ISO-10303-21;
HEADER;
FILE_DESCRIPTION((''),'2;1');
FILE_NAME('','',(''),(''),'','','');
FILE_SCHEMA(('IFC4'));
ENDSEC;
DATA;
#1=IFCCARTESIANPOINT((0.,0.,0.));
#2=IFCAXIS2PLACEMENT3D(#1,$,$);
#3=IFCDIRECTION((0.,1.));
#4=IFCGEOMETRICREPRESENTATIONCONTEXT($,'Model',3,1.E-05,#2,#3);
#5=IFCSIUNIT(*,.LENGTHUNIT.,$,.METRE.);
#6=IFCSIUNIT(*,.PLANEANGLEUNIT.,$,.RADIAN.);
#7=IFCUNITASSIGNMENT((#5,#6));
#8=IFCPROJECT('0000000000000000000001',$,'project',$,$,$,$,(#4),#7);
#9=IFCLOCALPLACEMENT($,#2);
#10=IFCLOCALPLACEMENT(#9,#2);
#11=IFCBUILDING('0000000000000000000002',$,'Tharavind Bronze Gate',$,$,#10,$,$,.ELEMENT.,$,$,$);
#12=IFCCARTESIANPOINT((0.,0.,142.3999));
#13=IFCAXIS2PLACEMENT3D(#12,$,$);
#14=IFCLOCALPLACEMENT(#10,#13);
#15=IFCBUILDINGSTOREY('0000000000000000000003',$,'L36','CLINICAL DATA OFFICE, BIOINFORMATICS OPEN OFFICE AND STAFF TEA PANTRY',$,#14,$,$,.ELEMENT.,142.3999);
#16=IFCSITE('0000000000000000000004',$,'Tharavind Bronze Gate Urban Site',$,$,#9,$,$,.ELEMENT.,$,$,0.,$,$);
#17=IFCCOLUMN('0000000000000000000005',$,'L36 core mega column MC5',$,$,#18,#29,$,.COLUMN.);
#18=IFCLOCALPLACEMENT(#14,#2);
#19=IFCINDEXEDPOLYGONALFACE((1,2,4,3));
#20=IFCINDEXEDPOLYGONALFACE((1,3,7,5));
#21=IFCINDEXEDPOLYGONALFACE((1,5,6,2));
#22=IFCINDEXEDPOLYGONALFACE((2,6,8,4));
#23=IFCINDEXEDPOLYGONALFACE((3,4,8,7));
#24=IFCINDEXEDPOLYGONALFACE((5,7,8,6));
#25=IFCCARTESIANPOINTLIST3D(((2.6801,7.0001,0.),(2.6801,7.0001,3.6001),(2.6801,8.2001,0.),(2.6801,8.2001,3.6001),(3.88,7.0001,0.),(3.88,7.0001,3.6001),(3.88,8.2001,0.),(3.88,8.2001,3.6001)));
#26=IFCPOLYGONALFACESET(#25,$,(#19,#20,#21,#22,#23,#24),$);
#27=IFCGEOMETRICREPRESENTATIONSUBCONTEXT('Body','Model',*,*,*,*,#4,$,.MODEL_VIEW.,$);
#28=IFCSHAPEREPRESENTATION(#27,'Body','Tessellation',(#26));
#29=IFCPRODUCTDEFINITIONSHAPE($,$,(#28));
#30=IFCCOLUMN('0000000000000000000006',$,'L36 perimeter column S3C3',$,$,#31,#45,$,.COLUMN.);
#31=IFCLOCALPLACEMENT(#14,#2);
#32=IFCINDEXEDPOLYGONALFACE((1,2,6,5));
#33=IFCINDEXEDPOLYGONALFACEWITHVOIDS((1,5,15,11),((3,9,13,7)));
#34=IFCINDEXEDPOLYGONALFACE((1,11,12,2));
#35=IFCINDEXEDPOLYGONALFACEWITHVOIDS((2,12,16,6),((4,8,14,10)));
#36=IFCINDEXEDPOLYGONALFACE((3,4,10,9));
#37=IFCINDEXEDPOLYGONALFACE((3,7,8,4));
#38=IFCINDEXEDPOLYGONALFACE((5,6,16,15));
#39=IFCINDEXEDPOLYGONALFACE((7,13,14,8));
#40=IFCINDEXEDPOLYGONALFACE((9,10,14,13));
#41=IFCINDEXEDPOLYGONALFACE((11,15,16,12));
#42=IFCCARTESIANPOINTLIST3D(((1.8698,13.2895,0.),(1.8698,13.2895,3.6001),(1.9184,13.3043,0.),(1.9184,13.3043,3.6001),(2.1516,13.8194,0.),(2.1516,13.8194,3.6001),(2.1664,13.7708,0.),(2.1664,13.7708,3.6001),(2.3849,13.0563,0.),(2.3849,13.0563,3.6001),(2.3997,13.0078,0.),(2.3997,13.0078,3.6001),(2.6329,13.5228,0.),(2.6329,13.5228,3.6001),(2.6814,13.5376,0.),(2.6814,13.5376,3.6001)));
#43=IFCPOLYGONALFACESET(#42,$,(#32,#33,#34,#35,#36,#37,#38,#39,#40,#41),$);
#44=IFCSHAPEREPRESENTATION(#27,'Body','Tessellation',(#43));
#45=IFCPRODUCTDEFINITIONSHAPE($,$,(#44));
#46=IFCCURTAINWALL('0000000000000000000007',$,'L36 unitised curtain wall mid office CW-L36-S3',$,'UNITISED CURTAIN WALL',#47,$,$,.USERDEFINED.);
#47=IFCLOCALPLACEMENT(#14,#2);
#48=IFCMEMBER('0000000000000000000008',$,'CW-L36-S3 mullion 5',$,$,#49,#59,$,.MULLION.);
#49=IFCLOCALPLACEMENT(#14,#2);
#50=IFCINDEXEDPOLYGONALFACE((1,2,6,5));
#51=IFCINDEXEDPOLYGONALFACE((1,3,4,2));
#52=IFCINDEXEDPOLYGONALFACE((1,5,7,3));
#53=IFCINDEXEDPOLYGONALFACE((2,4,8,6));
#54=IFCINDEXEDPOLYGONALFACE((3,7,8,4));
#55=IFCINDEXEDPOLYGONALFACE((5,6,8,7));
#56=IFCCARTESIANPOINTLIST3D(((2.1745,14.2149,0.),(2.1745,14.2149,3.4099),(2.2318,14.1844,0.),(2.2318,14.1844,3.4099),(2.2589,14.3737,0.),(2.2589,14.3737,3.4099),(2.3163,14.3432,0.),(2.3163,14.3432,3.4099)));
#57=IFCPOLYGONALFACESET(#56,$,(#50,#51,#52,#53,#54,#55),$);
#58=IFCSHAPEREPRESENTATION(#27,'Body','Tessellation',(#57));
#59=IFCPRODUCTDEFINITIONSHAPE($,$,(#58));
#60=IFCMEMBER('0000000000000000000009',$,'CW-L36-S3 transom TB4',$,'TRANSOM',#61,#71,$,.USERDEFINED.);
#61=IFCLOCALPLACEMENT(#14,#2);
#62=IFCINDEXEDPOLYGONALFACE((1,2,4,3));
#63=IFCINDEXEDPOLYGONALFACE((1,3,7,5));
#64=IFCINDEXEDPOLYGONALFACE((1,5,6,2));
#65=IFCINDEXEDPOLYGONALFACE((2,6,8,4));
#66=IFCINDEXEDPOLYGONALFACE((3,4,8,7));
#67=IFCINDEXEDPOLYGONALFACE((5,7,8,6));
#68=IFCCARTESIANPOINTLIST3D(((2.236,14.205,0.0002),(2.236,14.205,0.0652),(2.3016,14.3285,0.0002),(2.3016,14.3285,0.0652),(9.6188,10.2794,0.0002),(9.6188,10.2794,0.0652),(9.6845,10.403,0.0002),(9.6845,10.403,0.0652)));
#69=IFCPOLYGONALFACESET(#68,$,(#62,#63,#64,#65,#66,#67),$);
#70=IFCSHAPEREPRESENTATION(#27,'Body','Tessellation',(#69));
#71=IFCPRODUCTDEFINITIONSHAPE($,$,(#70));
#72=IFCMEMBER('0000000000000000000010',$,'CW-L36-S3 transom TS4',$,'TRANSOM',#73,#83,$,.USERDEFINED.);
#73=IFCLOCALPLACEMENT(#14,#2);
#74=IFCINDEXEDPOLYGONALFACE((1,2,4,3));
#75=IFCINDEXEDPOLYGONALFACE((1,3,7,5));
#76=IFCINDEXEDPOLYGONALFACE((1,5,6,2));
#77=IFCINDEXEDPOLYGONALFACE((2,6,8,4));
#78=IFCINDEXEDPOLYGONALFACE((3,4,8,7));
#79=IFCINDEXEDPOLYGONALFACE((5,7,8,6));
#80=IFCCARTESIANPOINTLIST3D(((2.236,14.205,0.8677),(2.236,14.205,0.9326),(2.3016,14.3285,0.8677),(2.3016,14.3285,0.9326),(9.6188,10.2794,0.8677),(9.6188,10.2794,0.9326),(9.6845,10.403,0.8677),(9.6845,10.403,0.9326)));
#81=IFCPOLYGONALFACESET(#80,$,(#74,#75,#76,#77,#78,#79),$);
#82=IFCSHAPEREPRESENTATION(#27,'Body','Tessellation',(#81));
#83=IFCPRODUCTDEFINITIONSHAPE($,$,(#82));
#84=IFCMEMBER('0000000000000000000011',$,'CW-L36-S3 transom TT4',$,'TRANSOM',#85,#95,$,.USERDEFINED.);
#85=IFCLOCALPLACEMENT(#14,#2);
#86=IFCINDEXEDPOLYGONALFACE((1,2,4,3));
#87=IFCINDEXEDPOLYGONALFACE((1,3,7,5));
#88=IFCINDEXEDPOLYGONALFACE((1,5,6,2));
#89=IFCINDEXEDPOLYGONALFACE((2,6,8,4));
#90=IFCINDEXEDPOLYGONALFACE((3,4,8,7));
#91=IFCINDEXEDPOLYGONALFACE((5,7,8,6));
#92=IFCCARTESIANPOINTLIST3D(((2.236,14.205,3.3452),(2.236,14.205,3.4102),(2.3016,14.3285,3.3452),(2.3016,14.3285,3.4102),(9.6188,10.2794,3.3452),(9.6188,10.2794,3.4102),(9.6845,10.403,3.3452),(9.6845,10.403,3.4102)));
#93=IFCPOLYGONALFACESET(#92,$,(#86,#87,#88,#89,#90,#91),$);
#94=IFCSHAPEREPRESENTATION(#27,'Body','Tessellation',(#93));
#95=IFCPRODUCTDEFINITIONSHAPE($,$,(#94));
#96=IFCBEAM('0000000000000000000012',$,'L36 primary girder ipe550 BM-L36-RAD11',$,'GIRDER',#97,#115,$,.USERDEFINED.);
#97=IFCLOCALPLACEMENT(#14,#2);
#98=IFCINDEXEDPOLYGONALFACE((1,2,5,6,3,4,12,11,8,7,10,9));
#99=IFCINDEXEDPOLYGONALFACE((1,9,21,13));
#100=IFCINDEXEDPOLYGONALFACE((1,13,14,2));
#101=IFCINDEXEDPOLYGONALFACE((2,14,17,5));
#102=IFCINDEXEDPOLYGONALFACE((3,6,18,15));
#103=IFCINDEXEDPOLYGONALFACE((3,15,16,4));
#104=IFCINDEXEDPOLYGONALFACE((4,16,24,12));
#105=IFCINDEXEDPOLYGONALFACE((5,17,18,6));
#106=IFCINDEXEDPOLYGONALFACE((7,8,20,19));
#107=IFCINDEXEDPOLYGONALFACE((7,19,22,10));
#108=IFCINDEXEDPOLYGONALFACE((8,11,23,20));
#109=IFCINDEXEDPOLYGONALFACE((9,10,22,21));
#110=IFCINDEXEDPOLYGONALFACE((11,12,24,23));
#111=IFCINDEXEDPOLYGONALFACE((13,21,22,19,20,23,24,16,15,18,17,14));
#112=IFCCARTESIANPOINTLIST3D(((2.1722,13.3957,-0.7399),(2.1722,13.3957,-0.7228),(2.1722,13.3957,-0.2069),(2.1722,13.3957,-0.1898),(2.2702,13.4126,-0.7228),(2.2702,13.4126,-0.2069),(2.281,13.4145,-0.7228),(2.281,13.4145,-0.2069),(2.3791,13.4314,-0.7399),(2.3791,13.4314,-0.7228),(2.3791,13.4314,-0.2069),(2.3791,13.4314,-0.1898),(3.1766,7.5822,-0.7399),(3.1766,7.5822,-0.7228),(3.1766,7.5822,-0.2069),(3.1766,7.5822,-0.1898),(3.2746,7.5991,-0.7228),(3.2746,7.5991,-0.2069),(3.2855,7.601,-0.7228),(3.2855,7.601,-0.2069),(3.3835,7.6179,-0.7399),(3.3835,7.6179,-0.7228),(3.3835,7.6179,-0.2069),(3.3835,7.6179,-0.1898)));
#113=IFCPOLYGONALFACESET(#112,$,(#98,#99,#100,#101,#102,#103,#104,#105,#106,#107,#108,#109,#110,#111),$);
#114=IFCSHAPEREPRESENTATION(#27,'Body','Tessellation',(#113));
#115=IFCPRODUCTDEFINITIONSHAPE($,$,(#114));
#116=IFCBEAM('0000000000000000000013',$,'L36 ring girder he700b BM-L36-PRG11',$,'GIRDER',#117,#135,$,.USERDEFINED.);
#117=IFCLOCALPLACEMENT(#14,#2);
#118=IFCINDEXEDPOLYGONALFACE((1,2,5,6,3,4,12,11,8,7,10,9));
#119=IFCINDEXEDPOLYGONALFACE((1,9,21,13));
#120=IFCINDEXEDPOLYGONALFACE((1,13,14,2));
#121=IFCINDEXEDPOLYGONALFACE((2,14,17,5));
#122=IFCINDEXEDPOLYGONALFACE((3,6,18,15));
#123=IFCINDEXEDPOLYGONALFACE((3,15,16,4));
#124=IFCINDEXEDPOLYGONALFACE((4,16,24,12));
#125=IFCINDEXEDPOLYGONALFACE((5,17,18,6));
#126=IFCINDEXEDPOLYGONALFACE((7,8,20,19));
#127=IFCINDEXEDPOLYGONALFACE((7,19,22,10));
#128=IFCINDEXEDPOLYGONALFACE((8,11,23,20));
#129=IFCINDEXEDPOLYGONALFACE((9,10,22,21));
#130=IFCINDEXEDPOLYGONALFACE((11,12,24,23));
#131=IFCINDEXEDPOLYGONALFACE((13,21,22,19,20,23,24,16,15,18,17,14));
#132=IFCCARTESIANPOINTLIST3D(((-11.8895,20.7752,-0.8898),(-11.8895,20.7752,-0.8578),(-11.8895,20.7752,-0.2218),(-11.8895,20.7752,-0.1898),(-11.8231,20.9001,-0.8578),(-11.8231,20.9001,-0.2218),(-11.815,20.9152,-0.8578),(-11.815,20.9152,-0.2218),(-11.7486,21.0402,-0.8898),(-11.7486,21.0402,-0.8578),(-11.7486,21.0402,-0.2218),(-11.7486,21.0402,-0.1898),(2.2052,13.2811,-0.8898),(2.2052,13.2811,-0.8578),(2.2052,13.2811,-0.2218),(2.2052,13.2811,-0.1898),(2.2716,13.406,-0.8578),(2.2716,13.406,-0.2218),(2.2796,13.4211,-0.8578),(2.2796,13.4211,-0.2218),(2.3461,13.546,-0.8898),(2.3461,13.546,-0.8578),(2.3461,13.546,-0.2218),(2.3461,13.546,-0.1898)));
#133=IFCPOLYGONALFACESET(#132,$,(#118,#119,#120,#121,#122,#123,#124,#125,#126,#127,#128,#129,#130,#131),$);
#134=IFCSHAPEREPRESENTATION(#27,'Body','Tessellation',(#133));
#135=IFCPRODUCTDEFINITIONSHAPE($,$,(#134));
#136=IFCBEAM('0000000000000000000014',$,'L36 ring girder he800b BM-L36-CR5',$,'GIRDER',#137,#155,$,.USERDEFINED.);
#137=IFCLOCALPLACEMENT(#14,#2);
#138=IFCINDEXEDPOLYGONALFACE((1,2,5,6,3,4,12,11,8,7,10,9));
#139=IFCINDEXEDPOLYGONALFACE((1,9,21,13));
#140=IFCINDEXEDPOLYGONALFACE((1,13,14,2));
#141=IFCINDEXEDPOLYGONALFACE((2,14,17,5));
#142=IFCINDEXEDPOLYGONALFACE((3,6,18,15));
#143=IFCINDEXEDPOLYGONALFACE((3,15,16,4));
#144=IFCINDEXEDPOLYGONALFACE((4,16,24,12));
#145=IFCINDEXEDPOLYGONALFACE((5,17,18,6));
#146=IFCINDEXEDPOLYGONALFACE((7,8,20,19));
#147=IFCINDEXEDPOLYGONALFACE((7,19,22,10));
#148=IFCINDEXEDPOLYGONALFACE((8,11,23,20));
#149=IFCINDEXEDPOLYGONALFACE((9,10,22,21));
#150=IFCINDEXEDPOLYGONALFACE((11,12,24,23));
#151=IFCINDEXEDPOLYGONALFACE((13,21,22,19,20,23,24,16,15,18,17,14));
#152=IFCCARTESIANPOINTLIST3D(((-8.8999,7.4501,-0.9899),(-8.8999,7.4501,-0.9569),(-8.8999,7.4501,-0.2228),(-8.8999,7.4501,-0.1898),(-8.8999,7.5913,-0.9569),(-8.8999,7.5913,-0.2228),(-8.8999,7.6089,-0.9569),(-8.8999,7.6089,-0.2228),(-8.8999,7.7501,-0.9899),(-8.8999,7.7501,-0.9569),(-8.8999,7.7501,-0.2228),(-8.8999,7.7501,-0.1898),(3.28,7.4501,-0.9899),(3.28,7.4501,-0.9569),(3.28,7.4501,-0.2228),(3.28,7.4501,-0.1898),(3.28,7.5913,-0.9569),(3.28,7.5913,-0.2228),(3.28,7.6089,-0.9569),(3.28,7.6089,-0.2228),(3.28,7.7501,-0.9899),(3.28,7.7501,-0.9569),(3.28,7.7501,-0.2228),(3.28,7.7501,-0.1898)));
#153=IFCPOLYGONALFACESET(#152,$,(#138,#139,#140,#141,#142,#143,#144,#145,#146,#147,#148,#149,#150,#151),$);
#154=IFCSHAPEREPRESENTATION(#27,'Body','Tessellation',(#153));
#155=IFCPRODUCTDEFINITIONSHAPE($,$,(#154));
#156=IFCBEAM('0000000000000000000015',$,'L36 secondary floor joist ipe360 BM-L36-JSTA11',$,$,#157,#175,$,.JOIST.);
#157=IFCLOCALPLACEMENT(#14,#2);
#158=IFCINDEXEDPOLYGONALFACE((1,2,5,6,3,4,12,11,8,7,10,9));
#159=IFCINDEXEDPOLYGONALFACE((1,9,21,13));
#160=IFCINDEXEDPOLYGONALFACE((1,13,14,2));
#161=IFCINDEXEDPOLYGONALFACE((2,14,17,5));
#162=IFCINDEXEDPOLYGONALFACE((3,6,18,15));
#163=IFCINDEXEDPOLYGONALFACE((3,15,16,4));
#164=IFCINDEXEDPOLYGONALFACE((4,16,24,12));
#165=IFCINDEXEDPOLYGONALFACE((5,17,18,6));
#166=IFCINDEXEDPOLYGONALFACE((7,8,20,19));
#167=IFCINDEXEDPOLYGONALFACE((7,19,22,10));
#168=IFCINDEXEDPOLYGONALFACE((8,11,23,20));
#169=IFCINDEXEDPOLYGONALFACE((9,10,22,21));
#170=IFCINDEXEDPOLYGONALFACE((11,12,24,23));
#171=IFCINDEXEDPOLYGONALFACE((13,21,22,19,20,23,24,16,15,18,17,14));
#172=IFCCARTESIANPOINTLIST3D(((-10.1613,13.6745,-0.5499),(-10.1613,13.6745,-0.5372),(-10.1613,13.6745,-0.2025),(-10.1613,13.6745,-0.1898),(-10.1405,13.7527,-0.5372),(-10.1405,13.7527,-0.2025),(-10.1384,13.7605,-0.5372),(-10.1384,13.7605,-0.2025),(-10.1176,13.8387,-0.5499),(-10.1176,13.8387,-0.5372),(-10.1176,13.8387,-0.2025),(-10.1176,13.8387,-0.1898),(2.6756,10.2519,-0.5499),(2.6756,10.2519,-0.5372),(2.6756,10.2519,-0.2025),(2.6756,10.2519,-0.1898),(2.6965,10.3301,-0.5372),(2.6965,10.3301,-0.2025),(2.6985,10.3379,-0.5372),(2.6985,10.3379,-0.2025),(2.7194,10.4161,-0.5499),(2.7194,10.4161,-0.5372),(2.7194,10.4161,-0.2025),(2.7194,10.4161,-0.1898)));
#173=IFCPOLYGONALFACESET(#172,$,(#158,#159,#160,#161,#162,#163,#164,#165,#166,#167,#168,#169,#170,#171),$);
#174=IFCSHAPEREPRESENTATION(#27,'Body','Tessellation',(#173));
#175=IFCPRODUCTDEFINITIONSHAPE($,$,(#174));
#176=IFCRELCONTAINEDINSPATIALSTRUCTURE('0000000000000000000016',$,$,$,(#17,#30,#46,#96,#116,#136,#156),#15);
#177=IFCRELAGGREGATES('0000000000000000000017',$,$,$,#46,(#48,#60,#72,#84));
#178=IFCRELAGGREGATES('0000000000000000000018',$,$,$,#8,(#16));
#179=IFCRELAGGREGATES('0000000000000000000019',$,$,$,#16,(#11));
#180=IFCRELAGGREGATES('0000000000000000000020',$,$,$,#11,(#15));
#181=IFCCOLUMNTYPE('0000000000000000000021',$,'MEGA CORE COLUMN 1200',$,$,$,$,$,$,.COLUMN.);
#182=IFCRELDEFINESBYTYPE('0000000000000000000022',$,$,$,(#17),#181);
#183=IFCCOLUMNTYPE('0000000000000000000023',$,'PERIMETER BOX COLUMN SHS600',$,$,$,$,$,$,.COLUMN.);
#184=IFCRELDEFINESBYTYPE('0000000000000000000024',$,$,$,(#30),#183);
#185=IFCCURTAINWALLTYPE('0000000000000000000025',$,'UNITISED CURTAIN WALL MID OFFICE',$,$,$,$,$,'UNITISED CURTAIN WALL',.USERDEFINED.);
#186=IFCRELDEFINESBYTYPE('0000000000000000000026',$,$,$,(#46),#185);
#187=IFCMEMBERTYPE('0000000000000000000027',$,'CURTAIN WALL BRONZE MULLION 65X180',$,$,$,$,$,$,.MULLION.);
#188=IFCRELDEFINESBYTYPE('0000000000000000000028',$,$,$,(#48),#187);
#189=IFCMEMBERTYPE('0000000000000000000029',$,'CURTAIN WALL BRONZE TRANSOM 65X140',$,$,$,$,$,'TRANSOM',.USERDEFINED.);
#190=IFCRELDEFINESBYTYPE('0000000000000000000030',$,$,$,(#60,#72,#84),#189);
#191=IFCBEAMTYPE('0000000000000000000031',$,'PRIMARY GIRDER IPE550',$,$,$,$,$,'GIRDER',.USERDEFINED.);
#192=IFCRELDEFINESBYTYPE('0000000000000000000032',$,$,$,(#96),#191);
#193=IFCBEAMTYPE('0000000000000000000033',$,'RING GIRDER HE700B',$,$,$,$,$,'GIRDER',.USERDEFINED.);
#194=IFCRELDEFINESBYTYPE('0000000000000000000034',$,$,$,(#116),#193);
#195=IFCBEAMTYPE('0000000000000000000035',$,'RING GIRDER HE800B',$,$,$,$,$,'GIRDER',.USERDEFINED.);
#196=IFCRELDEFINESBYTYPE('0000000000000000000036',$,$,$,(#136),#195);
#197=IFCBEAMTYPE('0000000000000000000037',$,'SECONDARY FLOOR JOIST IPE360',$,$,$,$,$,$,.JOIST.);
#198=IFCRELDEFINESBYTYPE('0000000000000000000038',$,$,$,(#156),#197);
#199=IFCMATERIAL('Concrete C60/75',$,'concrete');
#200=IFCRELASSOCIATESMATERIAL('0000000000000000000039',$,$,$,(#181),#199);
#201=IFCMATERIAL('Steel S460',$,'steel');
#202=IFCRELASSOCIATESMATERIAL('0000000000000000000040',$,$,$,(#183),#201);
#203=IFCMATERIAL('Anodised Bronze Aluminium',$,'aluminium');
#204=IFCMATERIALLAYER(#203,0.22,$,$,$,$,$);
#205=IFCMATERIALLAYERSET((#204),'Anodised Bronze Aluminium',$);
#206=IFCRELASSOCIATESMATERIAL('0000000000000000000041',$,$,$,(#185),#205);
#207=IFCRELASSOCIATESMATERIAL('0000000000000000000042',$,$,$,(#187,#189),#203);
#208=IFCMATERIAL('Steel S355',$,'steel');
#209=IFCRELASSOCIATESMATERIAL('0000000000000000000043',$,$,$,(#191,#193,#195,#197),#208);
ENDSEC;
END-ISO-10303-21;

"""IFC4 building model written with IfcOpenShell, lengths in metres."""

from ifc_helpers import new_model, si_unit, direction, frame, origin, origin_2d, place, context, subcontext, project, spatial, rectangle, hollow_rectangle, i_section, extrude, material, layer, layer_set, material_profile, profile_set, type_object, element, aggregate, save


model = new_model("IFC4")

# Units and contexts
model_context = context("Model", 3, precision=1e-05, world=origin(), true_north=direction((0.0, 1.0)))
body_context = subcontext(model_context, "Body", "Model", "MODEL_VIEW")
ifc_project = project(units=[si_unit("LENGTHUNIT", "METRE"), si_unit("PLANEANGLEUNIT", "RADIAN")], contexts=[model_context])

# Site, building, storey
site_placement = place(None, origin())
site = spatial("IfcSite", under=ifc_project, at=site_placement, Name="Tharavind Bronze Gate Urban Site", CompositionType="ELEMENT", RefElevation=0.0)
building_placement = place(site_placement, origin())
building = spatial("IfcBuilding", under=site, at=building_placement, Name="Tharavind Bronze Gate", CompositionType="ELEMENT")
storey_placement = place(building_placement, frame((0.0, 0.0, 142.3999)))
storey = spatial("IfcBuildingStorey", under=building, at=storey_placement, Name="L36", Description="CLINICAL DATA OFFICE, BIOINFORMATICS OPEN OFFICE AND STAFF TEA PANTRY", CompositionType="ELEMENT", Elevation=142.3999)

# Columns
ifc_material_1 = material(Name="Concrete C60/75", Category="concrete")
ifc_material_profile_1 = material_profile(ifc_material_1, rectangle(XDim=1.2, YDim=1.2, at=origin_2d()), Name="RCCOL1200")
ifc_profile_set_1 = profile_set([ifc_material_profile_1], Name="Concrete C60/75")
column_type_1 = type_object("IfcColumnType", Name="MEGA CORE COLUMN 1200", PredefinedType="COLUMN", material=ifc_profile_set_1)
column_1_placement = place(storey_placement, frame((3.28, 7.6001, 0.0), z_axis=(0.0, 0.0, 1.0), x_axis=(1.0, 0.0, 0.0)))
element("IfcColumn", 1, at=column_1_placement, inside=storey, type_object=column_type_1, Name="L36 core mega column MC5", PredefinedType="COLUMN", context=body_context, shape_type="SweptSolid", body=[
    extrude(rectangle(XDim=1.2, YDim=1.2, at=origin_2d()), origin(), (0.0, 0.0, 1.0), 3.6001),
])
ifc_material_2 = material(Name="Steel S460", Category="steel")
ifc_material_profile_2 = material_profile(ifc_material_2, hollow_rectangle(XDim=0.6001, YDim=0.6001, WallThickness=0.0359, at=origin_2d()), Name="SHS600X36")
ifc_profile_set_2 = profile_set([ifc_material_profile_2], Name="Steel S460")
column_type_2 = type_object("IfcColumnType", Name="PERIMETER BOX COLUMN SHS600", PredefinedType="COLUMN", material=ifc_profile_set_2)
column_2_placement = place(storey_placement, frame((2.2756, 13.4136, 0.0), z_axis=(0.0, 0.0, 1.0), x_axis=(-0.882948, 0.46947, 0.0)))
element("IfcColumn", 2, at=column_2_placement, inside=storey, type_object=column_type_2, Name="L36 perimeter column S3C3", PredefinedType="COLUMN", context=body_context, shape_type="SweptSolid", body=[
    extrude(hollow_rectangle(XDim=0.6001, YDim=0.6001, WallThickness=0.0359, at=origin_2d()), origin(), (0.0, 0.0, 1.0), 3.6001),
])

# Curtain wall, members
ifc_material_3 = material(Name="Anodised Bronze Aluminium", Category="aluminium")
ifc_layer_1 = layer(ifc_material_3, 0.22)
ifc_layer_set_1 = layer_set([ifc_layer_1], Name="Anodised Bronze Aluminium")
curtain_wall_type = type_object("IfcCurtainWallType", Name="UNITISED CURTAIN WALL MID OFFICE", ElementType="UNITISED CURTAIN WALL", PredefinedType="USERDEFINED", material=ifc_layer_set_1)
curtain_wall_placement = place(storey_placement, origin())
curtain_wall = element("IfcCurtainWall", 3, at=curtain_wall_placement, inside=storey, type_object=curtain_wall_type, Name="L36 unitised curtain wall mid office CW-L36-S3", ObjectType="UNITISED CURTAIN WALL", PredefinedType="USERDEFINED")
member_type_1 = type_object("IfcMemberType", Name="CURTAIN WALL BRONZE MULLION 65X180", PredefinedType="MULLION", material=ifc_material_3)
member_1_placement = place(storey_placement, frame((2.2454, 14.2791, 0.0), z_axis=(0.0, 0.0, 1.0), x_axis=(-0.882948, 0.469472, 0.0)))
member_1 = element("IfcMember", 4, at=member_1_placement, type_object=member_type_1, Name="CW-L36-S3 mullion 5", PredefinedType="MULLION", context=body_context, shape_type="SweptSolid", body=[
    extrude(rectangle(XDim=0.0649, YDim=0.1799, at=origin_2d()), origin(), (0.0, 0.0, 1.0), 3.4099),
])
member_type_2 = type_object("IfcMemberType", Name="CURTAIN WALL BRONZE TRANSOM 65X140", ElementType="TRANSOM", PredefinedType="USERDEFINED", material=ifc_material_3)
member_2_placement = place(storey_placement, frame((5.9602, 12.304, 0.0002), z_axis=(0.0, 0.0, 1.0), x_axis=(-0.882948, 0.469472, 0.0)))
member_2 = element("IfcMember", 5, at=member_2_placement, type_object=member_type_2, Name="CW-L36-S3 transom TB4", ObjectType="TRANSOM", PredefinedType="USERDEFINED", context=body_context, shape_type="SweptSolid", body=[
    extrude(rectangle(XDim=8.3616, YDim=0.1399, at=origin_2d()), origin(), (0.0, 0.0, 1.0), 0.0649),
])
member_3_placement = place(storey_placement, frame((5.9602, 12.304, 0.8677), z_axis=(0.0, 0.0, 1.0), x_axis=(-0.882948, 0.469472, 0.0)))
member_3 = element("IfcMember", 6, at=member_3_placement, type_object=member_type_2, Name="CW-L36-S3 transom TS4", ObjectType="TRANSOM", PredefinedType="USERDEFINED", context=body_context, shape_type="SweptSolid", body=[
    extrude(rectangle(XDim=8.3616, YDim=0.1399, at=origin_2d()), origin(), (0.0, 0.0, 1.0), 0.0649),
])
member_4_placement = place(storey_placement, frame((5.9602, 12.304, 3.3452), z_axis=(0.0, 0.0, 1.0), x_axis=(-0.882948, 0.469472, 0.0)))
member_4 = element("IfcMember", 7, at=member_4_placement, type_object=member_type_2, Name="CW-L36-S3 transom TT4", ObjectType="TRANSOM", PredefinedType="USERDEFINED", context=body_context, shape_type="SweptSolid", body=[
    extrude(rectangle(XDim=8.3616, YDim=0.1399, at=origin_2d()), origin(), (0.0, 0.0, 1.0), 0.0649),
])

# Beams
ifc_material_4 = material(Name="Steel S355", Category="steel")
ifc_material_profile_3 = material_profile(ifc_material_4, i_section(OverallWidth=0.21, OverallDepth=0.55, WebThickness=0.011, FlangeThickness=0.0171, at=origin_2d()), Name="IPE550")
ifc_profile_set_3 = profile_set([ifc_material_profile_3], Name="Steel S355")
beam_type_1 = type_object("IfcBeamType", Name="PRIMARY GIRDER IPE550", ElementType="GIRDER", PredefinedType="USERDEFINED", material=ifc_profile_set_3)
beam_1_placement = place(storey_placement, frame((2.2756, 13.4136, -0.4648), z_axis=(0.170248, -0.985401, 0.0), x_axis=(0.985401, 0.170248, 0.0)))
element("IfcBeam", 8, at=beam_1_placement, inside=storey, type_object=beam_type_1, Name="L36 primary girder ipe550 BM-L36-RAD11", ObjectType="GIRDER", PredefinedType="USERDEFINED", context=body_context, shape_type="SweptSolid", body=[
    extrude(i_section(OverallWidth=0.21, OverallDepth=0.55, WebThickness=0.011, FlangeThickness=0.0171, at=origin_2d()), origin(), (0.0, 0.0, 1.0), 5.8997),
])
ifc_material_profile_4 = material_profile(ifc_material_4, i_section(OverallWidth=0.3, OverallDepth=0.7, WebThickness=0.0171, FlangeThickness=0.032, at=origin_2d()), Name="HE700B")
ifc_profile_set_4 = profile_set([ifc_material_profile_4], Name="Steel S355")
beam_type_2 = type_object("IfcBeamType", Name="RING GIRDER HE700B", ElementType="GIRDER", PredefinedType="USERDEFINED", material=ifc_profile_set_4)
beam_2_placement = place(storey_placement, frame((2.2756, 13.4136, -0.5398), z_axis=(-0.882952, 0.469464, 0.0), x_axis=(-0.469464, -0.882952, 0.0)))
element("IfcBeam", 9, at=beam_2_placement, inside=storey, type_object=beam_type_2, Name="L36 ring girder he700b BM-L36-PRG11", ObjectType="GIRDER", PredefinedType="USERDEFINED", context=body_context, shape_type="SweptSolid", body=[
    extrude(i_section(OverallWidth=0.3, OverallDepth=0.7, WebThickness=0.0171, FlangeThickness=0.032, at=origin_2d()), origin(), (0.0, 0.0, 1.0), 15.9631),
])
ifc_material_profile_5 = material_profile(ifc_material_4, i_section(OverallWidth=0.3, OverallDepth=0.8, WebThickness=0.0176, FlangeThickness=0.033, at=origin_2d()), Name="HE800B")
ifc_profile_set_5 = profile_set([ifc_material_profile_5], Name="Steel S355")
beam_type_3 = type_object("IfcBeamType", Name="RING GIRDER HE800B", ElementType="GIRDER", PredefinedType="USERDEFINED", material=ifc_profile_set_5)
beam_3_placement = place(storey_placement, frame((3.28, 7.6001, -0.5898), z_axis=(-1.0, 0.0, 0.0), x_axis=(0.0, -1.0, 0.0)))
element("IfcBeam", 10, at=beam_3_placement, inside=storey, type_object=beam_type_3, Name="L36 ring girder he800b BM-L36-CR5", ObjectType="GIRDER", PredefinedType="USERDEFINED", context=body_context, shape_type="SweptSolid", body=[
    extrude(i_section(OverallWidth=0.3, OverallDepth=0.8, WebThickness=0.0176, FlangeThickness=0.033, at=origin_2d()), origin(), (0.0, 0.0, 1.0), 12.1799),
])
ifc_material_profile_6 = material_profile(ifc_material_4, i_section(OverallWidth=0.1699, OverallDepth=0.3601, WebThickness=0.0081, FlangeThickness=0.0127, at=origin_2d()), Name="IPE360")
ifc_profile_set_6 = profile_set([ifc_material_profile_6], Name="Steel S355")
beam_type_4 = type_object("IfcBeamType", Name="SECONDARY FLOOR JOIST IPE360", PredefinedType="JOIST", material=ifc_profile_set_6)
beam_4_placement = place(storey_placement, frame((2.6975, 10.334, -0.3699), z_axis=(-0.966246, 0.257623, 0.0), x_axis=(-0.257623, -0.966246, 0.0)))
element("IfcBeam", 11, at=beam_4_placement, inside=storey, type_object=beam_type_4, Name="L36 secondary floor joist ipe360 BM-L36-JSTA11", PredefinedType="JOIST", context=body_context, shape_type="SweptSolid", body=[
    extrude(i_section(OverallWidth=0.1699, OverallDepth=0.3601, WebThickness=0.0081, FlangeThickness=0.0127, at=origin_2d()), origin(), (0.0, 0.0, 1.0), 13.2854),
])

aggregate(curtain_wall, [member_1, member_2, member_3, member_4])

save(model, "model.ifc")
